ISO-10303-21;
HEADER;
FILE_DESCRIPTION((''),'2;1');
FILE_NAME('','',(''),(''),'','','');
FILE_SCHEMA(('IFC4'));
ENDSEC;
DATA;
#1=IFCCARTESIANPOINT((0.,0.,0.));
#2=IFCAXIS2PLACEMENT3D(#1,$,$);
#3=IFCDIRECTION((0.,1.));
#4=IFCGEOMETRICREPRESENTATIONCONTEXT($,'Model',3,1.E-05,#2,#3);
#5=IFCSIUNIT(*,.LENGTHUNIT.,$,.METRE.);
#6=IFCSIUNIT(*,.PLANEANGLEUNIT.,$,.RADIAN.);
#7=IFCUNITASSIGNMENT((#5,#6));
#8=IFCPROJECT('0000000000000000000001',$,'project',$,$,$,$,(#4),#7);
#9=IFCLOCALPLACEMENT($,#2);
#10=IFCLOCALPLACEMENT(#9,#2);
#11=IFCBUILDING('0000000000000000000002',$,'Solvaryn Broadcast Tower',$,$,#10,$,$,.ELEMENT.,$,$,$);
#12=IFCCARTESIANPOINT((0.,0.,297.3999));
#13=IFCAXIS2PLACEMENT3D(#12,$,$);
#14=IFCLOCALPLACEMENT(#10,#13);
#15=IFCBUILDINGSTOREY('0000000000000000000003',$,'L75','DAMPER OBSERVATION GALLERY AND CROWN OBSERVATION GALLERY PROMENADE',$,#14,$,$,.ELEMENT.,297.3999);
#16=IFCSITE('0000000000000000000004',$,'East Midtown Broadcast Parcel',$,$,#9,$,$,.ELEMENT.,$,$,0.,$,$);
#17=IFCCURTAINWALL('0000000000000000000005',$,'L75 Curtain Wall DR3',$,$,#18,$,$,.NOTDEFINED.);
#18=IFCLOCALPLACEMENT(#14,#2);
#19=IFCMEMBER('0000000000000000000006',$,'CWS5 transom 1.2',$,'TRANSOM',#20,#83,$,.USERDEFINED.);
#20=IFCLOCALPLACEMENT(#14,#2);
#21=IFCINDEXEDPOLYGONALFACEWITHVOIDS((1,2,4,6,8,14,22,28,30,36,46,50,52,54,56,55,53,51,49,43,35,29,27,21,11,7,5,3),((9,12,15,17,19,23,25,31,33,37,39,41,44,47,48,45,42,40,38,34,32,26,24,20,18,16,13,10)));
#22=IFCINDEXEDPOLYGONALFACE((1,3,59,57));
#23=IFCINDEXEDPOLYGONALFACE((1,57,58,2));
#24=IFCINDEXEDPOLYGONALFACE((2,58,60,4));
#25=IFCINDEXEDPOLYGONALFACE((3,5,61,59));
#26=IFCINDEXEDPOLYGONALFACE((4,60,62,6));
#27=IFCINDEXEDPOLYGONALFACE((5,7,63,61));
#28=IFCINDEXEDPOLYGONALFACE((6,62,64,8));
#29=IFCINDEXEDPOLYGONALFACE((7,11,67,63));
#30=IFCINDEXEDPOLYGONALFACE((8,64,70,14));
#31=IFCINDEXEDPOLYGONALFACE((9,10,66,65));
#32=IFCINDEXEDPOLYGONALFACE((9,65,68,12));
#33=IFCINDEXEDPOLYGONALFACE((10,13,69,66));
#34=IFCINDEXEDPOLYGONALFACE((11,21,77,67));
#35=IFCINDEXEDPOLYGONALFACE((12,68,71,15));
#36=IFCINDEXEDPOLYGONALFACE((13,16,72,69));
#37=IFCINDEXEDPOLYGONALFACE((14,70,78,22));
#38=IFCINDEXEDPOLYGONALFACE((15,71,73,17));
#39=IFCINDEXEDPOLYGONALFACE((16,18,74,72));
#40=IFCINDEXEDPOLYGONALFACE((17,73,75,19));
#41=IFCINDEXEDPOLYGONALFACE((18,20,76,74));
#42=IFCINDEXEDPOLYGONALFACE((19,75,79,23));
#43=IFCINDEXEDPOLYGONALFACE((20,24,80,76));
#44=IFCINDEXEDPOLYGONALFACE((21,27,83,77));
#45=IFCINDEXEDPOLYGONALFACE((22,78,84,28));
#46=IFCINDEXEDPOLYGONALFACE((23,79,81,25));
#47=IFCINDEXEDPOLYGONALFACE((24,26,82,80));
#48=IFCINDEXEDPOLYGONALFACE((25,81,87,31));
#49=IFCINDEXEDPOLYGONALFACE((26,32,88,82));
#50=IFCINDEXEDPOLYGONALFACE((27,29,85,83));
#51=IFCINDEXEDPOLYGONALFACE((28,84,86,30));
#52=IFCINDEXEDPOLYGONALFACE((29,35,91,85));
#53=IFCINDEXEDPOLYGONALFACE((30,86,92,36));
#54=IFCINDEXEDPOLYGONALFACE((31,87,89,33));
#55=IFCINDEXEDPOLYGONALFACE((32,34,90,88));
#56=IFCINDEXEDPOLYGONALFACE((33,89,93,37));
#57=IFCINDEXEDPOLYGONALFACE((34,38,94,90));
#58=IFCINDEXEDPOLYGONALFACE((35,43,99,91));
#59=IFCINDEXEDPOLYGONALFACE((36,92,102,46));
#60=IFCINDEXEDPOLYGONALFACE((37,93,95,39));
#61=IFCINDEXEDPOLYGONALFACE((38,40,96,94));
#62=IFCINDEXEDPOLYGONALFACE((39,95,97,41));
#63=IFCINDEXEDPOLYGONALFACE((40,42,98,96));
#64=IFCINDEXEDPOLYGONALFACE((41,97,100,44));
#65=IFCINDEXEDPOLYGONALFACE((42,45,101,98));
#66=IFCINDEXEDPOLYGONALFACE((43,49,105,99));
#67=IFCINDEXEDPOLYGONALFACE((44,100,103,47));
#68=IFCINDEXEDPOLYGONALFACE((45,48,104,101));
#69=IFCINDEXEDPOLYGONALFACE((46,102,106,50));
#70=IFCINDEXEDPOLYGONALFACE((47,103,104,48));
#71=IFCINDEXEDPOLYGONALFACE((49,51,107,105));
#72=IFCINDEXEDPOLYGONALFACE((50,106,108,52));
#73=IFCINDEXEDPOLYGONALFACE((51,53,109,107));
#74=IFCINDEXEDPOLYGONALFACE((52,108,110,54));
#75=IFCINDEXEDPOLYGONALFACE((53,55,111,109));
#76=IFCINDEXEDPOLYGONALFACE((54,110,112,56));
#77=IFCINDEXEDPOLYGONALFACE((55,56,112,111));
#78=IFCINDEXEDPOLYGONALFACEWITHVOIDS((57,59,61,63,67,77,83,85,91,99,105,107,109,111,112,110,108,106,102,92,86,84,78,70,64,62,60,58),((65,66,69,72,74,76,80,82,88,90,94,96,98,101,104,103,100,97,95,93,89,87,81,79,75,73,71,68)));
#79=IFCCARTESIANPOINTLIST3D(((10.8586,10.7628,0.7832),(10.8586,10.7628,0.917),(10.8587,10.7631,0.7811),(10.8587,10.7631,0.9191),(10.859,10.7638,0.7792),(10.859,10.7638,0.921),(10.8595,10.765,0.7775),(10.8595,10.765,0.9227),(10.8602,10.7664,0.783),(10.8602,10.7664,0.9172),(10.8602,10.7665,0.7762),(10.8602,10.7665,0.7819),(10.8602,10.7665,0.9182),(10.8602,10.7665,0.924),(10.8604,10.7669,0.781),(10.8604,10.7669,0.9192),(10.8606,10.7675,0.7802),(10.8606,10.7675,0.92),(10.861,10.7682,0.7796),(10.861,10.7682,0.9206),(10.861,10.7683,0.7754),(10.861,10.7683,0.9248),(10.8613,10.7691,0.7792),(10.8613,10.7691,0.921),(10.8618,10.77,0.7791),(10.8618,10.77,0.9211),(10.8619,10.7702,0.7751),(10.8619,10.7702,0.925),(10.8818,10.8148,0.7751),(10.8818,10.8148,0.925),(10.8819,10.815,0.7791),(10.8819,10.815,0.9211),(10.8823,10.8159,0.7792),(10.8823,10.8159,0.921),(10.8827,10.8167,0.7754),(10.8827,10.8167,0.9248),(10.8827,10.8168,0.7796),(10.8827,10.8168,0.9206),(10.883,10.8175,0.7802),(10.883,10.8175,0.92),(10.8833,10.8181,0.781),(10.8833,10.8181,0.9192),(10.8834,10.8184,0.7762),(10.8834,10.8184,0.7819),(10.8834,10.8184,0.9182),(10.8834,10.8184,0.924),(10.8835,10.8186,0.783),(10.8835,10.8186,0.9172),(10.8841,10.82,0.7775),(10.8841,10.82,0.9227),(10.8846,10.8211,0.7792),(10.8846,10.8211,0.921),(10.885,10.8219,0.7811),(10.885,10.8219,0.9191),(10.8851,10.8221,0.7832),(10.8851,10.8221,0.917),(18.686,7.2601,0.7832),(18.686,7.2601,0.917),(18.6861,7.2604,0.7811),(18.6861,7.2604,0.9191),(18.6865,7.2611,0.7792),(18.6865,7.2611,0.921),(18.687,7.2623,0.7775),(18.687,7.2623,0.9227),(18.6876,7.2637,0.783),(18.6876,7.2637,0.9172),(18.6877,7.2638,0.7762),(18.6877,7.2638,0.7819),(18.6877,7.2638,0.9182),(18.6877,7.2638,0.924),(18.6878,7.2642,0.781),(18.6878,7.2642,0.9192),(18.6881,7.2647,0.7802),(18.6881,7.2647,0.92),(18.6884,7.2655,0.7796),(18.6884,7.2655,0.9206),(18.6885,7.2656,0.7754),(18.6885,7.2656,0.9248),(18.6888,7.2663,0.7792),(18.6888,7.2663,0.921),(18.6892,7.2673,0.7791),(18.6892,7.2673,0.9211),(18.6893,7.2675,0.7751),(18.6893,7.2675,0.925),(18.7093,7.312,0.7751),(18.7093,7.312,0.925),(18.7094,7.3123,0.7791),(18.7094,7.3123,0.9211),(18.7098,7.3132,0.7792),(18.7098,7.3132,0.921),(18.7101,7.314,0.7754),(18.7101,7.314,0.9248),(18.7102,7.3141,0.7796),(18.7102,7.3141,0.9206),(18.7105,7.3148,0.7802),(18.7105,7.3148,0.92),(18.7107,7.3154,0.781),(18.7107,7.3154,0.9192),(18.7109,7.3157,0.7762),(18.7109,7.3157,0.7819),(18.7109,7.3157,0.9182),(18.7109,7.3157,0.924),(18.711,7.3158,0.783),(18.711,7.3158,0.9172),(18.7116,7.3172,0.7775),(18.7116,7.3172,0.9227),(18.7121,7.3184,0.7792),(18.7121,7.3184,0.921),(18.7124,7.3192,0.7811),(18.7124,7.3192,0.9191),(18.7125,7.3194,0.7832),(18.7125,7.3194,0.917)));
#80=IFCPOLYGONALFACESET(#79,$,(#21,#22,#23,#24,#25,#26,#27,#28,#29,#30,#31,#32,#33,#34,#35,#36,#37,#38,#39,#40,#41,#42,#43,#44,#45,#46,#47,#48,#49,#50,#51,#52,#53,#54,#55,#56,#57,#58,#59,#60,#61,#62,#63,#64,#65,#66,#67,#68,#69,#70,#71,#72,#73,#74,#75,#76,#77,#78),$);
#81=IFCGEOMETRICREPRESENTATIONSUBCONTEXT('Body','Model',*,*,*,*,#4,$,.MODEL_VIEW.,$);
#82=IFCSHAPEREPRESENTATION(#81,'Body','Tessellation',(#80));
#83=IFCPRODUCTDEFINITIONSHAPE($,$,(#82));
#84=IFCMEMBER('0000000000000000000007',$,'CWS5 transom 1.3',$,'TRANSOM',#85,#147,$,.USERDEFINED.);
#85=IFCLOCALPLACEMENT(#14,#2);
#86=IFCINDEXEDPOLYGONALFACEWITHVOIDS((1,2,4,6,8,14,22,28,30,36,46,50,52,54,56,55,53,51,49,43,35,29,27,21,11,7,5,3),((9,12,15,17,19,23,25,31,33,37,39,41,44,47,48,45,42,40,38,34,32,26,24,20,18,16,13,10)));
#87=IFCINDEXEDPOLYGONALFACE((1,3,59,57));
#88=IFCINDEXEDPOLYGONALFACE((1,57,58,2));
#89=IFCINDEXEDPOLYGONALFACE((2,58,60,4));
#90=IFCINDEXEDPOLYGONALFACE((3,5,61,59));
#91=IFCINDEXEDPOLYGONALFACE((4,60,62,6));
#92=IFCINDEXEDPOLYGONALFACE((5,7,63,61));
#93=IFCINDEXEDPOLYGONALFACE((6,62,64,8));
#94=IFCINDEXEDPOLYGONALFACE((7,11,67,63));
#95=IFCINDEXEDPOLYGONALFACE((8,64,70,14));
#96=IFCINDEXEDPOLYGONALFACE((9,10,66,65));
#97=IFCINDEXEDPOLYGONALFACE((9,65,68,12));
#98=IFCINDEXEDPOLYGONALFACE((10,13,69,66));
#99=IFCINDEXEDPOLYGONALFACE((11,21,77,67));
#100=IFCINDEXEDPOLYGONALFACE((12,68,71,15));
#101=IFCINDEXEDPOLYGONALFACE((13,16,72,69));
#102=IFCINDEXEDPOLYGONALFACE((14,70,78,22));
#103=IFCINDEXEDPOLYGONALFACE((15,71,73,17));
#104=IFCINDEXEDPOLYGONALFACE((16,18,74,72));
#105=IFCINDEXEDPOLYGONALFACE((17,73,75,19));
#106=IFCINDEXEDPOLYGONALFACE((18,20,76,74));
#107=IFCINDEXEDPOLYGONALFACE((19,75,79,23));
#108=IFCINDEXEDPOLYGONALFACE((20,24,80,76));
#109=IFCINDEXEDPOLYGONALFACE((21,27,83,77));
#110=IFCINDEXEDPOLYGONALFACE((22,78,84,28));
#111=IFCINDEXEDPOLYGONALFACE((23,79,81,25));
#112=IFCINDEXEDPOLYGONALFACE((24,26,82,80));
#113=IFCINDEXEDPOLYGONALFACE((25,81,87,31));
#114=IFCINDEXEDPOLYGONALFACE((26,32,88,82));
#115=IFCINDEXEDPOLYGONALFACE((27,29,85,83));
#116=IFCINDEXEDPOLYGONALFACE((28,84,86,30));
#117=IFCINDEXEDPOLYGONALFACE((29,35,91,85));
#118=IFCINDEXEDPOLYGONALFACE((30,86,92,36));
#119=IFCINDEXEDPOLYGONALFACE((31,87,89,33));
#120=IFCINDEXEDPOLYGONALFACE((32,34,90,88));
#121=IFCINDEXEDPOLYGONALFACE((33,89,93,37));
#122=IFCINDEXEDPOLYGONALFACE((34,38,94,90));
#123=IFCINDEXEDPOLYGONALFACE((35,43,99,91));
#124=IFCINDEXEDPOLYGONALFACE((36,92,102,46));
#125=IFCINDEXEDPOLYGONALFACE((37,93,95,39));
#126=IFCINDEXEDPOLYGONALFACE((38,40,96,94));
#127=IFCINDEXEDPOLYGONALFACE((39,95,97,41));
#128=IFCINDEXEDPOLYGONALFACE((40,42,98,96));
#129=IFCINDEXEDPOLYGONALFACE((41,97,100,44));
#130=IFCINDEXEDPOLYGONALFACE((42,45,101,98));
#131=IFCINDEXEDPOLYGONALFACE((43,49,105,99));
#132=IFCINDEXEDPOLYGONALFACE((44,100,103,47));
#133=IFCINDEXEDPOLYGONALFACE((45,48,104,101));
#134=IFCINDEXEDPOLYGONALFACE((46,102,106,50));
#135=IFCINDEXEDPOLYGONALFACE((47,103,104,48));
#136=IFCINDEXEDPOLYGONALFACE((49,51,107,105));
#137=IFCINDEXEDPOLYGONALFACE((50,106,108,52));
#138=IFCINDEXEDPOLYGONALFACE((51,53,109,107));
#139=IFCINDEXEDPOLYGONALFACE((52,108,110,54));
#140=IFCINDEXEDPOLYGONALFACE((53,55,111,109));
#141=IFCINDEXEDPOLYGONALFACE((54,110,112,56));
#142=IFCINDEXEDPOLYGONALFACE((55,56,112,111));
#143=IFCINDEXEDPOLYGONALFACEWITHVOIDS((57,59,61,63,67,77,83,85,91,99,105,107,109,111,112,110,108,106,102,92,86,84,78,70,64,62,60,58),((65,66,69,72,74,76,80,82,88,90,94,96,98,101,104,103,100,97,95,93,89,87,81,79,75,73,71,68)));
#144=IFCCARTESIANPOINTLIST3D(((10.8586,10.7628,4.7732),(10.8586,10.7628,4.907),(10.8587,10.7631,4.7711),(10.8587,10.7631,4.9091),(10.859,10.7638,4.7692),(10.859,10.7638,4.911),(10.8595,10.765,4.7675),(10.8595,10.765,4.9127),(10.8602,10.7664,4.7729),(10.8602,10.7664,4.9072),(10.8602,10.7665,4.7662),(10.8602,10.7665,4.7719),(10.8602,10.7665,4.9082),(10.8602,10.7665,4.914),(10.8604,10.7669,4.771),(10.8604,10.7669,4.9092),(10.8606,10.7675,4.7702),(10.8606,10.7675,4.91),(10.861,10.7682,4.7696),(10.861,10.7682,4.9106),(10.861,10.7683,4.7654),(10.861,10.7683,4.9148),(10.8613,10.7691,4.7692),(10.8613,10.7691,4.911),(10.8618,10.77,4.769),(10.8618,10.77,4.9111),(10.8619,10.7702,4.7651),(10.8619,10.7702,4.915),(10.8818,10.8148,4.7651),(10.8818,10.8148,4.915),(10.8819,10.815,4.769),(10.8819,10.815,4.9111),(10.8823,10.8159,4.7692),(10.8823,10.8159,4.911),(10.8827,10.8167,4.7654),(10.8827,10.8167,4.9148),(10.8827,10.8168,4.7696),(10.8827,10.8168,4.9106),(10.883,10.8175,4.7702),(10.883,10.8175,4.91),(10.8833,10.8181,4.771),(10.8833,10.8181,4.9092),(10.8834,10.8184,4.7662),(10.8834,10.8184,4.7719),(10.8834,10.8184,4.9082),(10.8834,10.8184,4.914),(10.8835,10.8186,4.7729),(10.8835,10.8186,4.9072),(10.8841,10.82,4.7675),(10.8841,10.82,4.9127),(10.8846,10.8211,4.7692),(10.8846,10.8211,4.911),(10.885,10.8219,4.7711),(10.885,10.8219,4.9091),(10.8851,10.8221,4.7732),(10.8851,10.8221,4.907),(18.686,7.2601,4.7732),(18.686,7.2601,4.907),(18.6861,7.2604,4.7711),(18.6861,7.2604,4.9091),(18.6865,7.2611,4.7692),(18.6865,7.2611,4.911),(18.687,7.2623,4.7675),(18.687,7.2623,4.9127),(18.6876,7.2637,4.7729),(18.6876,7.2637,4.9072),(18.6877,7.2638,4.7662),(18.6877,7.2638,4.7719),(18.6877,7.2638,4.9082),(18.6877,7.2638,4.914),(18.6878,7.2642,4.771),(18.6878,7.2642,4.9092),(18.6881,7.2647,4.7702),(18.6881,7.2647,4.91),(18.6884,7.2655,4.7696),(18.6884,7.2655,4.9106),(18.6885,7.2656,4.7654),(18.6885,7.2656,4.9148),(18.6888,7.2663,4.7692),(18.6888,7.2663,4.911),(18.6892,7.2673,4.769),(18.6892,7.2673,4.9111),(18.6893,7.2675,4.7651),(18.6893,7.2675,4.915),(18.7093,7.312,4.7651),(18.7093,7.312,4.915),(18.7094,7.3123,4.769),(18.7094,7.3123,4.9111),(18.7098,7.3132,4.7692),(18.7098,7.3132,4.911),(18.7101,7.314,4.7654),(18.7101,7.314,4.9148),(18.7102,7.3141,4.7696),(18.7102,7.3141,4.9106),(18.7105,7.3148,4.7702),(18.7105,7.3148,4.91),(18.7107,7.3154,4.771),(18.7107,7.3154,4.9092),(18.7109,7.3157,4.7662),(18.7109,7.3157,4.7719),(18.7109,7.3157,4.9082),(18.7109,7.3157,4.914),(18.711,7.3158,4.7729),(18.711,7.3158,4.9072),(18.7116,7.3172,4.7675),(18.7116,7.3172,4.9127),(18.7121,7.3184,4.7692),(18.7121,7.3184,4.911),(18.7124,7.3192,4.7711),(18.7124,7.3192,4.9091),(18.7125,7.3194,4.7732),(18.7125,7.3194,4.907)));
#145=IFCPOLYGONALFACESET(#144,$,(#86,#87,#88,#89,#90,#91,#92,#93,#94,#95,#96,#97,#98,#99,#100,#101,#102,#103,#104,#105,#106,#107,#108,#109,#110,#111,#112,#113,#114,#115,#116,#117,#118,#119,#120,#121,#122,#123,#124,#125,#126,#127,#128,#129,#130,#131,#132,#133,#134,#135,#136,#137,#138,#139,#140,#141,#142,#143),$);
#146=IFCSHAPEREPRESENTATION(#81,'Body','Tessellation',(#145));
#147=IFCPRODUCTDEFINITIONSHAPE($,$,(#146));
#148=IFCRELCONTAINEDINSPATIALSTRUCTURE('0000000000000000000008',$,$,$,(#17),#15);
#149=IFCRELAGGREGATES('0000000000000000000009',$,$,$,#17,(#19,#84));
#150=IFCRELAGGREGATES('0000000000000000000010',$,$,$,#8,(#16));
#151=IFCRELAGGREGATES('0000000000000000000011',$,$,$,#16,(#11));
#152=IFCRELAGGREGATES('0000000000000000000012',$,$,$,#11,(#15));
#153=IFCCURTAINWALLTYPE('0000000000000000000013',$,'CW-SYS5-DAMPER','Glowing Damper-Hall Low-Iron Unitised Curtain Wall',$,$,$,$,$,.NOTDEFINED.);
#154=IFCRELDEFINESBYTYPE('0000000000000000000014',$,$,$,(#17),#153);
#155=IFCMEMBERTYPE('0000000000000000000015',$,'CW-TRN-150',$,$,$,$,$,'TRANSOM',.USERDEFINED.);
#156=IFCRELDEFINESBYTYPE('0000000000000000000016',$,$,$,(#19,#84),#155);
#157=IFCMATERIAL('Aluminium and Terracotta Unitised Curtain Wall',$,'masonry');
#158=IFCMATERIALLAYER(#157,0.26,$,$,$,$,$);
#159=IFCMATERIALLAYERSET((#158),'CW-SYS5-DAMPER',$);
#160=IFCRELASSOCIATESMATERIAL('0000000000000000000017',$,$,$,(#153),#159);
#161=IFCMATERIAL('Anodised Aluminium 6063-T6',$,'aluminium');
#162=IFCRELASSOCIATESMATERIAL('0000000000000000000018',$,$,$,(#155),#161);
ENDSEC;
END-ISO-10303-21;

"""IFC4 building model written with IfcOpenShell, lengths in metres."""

from ifc_helpers import new_model, si_unit, direction, frame, origin, origin_2d, place, context, subcontext, project, spatial, hollow_rectangle, extrude, material, layer, layer_set, material_profile, profile_set, type_object, element, aggregate, save


model = new_model("IFC4")

# Units and contexts
model_context = context("Model", 3, precision=1e-05, world=origin(), true_north=direction((0.0, 1.0)))
body_context = subcontext(model_context, "Body", "Model", "MODEL_VIEW")
ifc_project = project(units=[si_unit("LENGTHUNIT", "METRE"), si_unit("PLANEANGLEUNIT", "RADIAN")], contexts=[model_context])

# Site, building, storey
site_placement = place(None, origin())
site = spatial("IfcSite", under=ifc_project, at=site_placement, Name="East Midtown Broadcast Parcel", CompositionType="ELEMENT", RefElevation=0.0)
building_placement = place(site_placement, origin())
building = spatial("IfcBuilding", under=site, at=building_placement, Name="Solvaryn Broadcast Tower", CompositionType="ELEMENT")
storey_placement = place(building_placement, frame((0.0, 0.0, 297.3999)))
storey = spatial("IfcBuildingStorey", under=building, at=storey_placement, Name="L75", Description="DAMPER OBSERVATION GALLERY AND CROWN OBSERVATION GALLERY PROMENADE", CompositionType="ELEMENT", Elevation=297.3999)

# Shared definitions
ifc_material_1 = material(Name="Aluminium and Terracotta Unitised Curtain Wall", Category="masonry")
ifc_layer_1 = layer(ifc_material_1, 0.26)
ifc_layer_set_1 = layer_set([ifc_layer_1], Name="CW-SYS5-DAMPER")
curtain_wall_type = type_object("IfcCurtainWallType", Name="CW-SYS5-DAMPER", Description="Glowing Damper-Hall Low-Iron Unitised Curtain Wall", PredefinedType="NOTDEFINED", material=ifc_layer_set_1)

# Curtain wall, members
curtain_wall_1_placement = place(storey_placement, origin())
curtain_wall_1 = element("IfcCurtainWall", 1, at=curtain_wall_1_placement, inside=storey, type_object=curtain_wall_type, Name="L75 Curtain Wall DR3", PredefinedType="NOTDEFINED")
ifc_material_2 = material(Name="Anodised Aluminium 6063-T6", Category="aluminium")
ifc_material_profile_1 = material_profile(ifc_material_2, hollow_rectangle(XDim=0.0649, YDim=0.1499, WallThickness=0.0039, InnerFilletRadius=0.0039, OuterFilletRadius=0.0081, at=origin_2d()))
ifc_profile_set_1 = profile_set([ifc_material_profile_1], Name="Anodised Aluminium 6063-T6")
member_type_1 = type_object("IfcMemberType", Name="CW-TRN-150", ElementType="TRANSOM", PredefinedType="USERDEFINED", material=ifc_profile_set_1)
member_1_placement = place(storey_placement, frame((10.8718, 10.7925, 0.8501), z_axis=(0.912777, -0.408459, 0.0), x_axis=(0.408459, 0.912777, 0.0)))
member_1 = element("IfcMember", 2, at=member_1_placement, type_object=member_type_1, Name="CWS5 transom 1.2", ObjectType="TRANSOM", PredefinedType="USERDEFINED", context=body_context, shape_type="SweptSolid", body=[
    extrude(hollow_rectangle(XDim=0.0649, YDim=0.1499, WallThickness=0.0039, InnerFilletRadius=0.0039, OuterFilletRadius=0.0081, at=origin_2d()), origin(), (0.0, 0.0, 1.0), 8.5754),
])
member_2_placement = place(storey_placement, frame((10.8718, 10.7925, 4.8401), z_axis=(0.912777, -0.408459, 0.0), x_axis=(0.408459, 0.912777, 0.0)))
member_2 = element("IfcMember", 3, at=member_2_placement, type_object=member_type_1, Name="CWS5 transom 1.3", ObjectType="TRANSOM", PredefinedType="USERDEFINED", context=body_context, shape_type="SweptSolid", body=[
    extrude(hollow_rectangle(XDim=0.0649, YDim=0.1499, WallThickness=0.0039, InnerFilletRadius=0.0039, OuterFilletRadius=0.0081, at=origin_2d()), origin(), (0.0, 0.0, 1.0), 8.5754),
])

aggregate(curtain_wall_1, [member_1, member_2])

save(model, "model.ifc")
